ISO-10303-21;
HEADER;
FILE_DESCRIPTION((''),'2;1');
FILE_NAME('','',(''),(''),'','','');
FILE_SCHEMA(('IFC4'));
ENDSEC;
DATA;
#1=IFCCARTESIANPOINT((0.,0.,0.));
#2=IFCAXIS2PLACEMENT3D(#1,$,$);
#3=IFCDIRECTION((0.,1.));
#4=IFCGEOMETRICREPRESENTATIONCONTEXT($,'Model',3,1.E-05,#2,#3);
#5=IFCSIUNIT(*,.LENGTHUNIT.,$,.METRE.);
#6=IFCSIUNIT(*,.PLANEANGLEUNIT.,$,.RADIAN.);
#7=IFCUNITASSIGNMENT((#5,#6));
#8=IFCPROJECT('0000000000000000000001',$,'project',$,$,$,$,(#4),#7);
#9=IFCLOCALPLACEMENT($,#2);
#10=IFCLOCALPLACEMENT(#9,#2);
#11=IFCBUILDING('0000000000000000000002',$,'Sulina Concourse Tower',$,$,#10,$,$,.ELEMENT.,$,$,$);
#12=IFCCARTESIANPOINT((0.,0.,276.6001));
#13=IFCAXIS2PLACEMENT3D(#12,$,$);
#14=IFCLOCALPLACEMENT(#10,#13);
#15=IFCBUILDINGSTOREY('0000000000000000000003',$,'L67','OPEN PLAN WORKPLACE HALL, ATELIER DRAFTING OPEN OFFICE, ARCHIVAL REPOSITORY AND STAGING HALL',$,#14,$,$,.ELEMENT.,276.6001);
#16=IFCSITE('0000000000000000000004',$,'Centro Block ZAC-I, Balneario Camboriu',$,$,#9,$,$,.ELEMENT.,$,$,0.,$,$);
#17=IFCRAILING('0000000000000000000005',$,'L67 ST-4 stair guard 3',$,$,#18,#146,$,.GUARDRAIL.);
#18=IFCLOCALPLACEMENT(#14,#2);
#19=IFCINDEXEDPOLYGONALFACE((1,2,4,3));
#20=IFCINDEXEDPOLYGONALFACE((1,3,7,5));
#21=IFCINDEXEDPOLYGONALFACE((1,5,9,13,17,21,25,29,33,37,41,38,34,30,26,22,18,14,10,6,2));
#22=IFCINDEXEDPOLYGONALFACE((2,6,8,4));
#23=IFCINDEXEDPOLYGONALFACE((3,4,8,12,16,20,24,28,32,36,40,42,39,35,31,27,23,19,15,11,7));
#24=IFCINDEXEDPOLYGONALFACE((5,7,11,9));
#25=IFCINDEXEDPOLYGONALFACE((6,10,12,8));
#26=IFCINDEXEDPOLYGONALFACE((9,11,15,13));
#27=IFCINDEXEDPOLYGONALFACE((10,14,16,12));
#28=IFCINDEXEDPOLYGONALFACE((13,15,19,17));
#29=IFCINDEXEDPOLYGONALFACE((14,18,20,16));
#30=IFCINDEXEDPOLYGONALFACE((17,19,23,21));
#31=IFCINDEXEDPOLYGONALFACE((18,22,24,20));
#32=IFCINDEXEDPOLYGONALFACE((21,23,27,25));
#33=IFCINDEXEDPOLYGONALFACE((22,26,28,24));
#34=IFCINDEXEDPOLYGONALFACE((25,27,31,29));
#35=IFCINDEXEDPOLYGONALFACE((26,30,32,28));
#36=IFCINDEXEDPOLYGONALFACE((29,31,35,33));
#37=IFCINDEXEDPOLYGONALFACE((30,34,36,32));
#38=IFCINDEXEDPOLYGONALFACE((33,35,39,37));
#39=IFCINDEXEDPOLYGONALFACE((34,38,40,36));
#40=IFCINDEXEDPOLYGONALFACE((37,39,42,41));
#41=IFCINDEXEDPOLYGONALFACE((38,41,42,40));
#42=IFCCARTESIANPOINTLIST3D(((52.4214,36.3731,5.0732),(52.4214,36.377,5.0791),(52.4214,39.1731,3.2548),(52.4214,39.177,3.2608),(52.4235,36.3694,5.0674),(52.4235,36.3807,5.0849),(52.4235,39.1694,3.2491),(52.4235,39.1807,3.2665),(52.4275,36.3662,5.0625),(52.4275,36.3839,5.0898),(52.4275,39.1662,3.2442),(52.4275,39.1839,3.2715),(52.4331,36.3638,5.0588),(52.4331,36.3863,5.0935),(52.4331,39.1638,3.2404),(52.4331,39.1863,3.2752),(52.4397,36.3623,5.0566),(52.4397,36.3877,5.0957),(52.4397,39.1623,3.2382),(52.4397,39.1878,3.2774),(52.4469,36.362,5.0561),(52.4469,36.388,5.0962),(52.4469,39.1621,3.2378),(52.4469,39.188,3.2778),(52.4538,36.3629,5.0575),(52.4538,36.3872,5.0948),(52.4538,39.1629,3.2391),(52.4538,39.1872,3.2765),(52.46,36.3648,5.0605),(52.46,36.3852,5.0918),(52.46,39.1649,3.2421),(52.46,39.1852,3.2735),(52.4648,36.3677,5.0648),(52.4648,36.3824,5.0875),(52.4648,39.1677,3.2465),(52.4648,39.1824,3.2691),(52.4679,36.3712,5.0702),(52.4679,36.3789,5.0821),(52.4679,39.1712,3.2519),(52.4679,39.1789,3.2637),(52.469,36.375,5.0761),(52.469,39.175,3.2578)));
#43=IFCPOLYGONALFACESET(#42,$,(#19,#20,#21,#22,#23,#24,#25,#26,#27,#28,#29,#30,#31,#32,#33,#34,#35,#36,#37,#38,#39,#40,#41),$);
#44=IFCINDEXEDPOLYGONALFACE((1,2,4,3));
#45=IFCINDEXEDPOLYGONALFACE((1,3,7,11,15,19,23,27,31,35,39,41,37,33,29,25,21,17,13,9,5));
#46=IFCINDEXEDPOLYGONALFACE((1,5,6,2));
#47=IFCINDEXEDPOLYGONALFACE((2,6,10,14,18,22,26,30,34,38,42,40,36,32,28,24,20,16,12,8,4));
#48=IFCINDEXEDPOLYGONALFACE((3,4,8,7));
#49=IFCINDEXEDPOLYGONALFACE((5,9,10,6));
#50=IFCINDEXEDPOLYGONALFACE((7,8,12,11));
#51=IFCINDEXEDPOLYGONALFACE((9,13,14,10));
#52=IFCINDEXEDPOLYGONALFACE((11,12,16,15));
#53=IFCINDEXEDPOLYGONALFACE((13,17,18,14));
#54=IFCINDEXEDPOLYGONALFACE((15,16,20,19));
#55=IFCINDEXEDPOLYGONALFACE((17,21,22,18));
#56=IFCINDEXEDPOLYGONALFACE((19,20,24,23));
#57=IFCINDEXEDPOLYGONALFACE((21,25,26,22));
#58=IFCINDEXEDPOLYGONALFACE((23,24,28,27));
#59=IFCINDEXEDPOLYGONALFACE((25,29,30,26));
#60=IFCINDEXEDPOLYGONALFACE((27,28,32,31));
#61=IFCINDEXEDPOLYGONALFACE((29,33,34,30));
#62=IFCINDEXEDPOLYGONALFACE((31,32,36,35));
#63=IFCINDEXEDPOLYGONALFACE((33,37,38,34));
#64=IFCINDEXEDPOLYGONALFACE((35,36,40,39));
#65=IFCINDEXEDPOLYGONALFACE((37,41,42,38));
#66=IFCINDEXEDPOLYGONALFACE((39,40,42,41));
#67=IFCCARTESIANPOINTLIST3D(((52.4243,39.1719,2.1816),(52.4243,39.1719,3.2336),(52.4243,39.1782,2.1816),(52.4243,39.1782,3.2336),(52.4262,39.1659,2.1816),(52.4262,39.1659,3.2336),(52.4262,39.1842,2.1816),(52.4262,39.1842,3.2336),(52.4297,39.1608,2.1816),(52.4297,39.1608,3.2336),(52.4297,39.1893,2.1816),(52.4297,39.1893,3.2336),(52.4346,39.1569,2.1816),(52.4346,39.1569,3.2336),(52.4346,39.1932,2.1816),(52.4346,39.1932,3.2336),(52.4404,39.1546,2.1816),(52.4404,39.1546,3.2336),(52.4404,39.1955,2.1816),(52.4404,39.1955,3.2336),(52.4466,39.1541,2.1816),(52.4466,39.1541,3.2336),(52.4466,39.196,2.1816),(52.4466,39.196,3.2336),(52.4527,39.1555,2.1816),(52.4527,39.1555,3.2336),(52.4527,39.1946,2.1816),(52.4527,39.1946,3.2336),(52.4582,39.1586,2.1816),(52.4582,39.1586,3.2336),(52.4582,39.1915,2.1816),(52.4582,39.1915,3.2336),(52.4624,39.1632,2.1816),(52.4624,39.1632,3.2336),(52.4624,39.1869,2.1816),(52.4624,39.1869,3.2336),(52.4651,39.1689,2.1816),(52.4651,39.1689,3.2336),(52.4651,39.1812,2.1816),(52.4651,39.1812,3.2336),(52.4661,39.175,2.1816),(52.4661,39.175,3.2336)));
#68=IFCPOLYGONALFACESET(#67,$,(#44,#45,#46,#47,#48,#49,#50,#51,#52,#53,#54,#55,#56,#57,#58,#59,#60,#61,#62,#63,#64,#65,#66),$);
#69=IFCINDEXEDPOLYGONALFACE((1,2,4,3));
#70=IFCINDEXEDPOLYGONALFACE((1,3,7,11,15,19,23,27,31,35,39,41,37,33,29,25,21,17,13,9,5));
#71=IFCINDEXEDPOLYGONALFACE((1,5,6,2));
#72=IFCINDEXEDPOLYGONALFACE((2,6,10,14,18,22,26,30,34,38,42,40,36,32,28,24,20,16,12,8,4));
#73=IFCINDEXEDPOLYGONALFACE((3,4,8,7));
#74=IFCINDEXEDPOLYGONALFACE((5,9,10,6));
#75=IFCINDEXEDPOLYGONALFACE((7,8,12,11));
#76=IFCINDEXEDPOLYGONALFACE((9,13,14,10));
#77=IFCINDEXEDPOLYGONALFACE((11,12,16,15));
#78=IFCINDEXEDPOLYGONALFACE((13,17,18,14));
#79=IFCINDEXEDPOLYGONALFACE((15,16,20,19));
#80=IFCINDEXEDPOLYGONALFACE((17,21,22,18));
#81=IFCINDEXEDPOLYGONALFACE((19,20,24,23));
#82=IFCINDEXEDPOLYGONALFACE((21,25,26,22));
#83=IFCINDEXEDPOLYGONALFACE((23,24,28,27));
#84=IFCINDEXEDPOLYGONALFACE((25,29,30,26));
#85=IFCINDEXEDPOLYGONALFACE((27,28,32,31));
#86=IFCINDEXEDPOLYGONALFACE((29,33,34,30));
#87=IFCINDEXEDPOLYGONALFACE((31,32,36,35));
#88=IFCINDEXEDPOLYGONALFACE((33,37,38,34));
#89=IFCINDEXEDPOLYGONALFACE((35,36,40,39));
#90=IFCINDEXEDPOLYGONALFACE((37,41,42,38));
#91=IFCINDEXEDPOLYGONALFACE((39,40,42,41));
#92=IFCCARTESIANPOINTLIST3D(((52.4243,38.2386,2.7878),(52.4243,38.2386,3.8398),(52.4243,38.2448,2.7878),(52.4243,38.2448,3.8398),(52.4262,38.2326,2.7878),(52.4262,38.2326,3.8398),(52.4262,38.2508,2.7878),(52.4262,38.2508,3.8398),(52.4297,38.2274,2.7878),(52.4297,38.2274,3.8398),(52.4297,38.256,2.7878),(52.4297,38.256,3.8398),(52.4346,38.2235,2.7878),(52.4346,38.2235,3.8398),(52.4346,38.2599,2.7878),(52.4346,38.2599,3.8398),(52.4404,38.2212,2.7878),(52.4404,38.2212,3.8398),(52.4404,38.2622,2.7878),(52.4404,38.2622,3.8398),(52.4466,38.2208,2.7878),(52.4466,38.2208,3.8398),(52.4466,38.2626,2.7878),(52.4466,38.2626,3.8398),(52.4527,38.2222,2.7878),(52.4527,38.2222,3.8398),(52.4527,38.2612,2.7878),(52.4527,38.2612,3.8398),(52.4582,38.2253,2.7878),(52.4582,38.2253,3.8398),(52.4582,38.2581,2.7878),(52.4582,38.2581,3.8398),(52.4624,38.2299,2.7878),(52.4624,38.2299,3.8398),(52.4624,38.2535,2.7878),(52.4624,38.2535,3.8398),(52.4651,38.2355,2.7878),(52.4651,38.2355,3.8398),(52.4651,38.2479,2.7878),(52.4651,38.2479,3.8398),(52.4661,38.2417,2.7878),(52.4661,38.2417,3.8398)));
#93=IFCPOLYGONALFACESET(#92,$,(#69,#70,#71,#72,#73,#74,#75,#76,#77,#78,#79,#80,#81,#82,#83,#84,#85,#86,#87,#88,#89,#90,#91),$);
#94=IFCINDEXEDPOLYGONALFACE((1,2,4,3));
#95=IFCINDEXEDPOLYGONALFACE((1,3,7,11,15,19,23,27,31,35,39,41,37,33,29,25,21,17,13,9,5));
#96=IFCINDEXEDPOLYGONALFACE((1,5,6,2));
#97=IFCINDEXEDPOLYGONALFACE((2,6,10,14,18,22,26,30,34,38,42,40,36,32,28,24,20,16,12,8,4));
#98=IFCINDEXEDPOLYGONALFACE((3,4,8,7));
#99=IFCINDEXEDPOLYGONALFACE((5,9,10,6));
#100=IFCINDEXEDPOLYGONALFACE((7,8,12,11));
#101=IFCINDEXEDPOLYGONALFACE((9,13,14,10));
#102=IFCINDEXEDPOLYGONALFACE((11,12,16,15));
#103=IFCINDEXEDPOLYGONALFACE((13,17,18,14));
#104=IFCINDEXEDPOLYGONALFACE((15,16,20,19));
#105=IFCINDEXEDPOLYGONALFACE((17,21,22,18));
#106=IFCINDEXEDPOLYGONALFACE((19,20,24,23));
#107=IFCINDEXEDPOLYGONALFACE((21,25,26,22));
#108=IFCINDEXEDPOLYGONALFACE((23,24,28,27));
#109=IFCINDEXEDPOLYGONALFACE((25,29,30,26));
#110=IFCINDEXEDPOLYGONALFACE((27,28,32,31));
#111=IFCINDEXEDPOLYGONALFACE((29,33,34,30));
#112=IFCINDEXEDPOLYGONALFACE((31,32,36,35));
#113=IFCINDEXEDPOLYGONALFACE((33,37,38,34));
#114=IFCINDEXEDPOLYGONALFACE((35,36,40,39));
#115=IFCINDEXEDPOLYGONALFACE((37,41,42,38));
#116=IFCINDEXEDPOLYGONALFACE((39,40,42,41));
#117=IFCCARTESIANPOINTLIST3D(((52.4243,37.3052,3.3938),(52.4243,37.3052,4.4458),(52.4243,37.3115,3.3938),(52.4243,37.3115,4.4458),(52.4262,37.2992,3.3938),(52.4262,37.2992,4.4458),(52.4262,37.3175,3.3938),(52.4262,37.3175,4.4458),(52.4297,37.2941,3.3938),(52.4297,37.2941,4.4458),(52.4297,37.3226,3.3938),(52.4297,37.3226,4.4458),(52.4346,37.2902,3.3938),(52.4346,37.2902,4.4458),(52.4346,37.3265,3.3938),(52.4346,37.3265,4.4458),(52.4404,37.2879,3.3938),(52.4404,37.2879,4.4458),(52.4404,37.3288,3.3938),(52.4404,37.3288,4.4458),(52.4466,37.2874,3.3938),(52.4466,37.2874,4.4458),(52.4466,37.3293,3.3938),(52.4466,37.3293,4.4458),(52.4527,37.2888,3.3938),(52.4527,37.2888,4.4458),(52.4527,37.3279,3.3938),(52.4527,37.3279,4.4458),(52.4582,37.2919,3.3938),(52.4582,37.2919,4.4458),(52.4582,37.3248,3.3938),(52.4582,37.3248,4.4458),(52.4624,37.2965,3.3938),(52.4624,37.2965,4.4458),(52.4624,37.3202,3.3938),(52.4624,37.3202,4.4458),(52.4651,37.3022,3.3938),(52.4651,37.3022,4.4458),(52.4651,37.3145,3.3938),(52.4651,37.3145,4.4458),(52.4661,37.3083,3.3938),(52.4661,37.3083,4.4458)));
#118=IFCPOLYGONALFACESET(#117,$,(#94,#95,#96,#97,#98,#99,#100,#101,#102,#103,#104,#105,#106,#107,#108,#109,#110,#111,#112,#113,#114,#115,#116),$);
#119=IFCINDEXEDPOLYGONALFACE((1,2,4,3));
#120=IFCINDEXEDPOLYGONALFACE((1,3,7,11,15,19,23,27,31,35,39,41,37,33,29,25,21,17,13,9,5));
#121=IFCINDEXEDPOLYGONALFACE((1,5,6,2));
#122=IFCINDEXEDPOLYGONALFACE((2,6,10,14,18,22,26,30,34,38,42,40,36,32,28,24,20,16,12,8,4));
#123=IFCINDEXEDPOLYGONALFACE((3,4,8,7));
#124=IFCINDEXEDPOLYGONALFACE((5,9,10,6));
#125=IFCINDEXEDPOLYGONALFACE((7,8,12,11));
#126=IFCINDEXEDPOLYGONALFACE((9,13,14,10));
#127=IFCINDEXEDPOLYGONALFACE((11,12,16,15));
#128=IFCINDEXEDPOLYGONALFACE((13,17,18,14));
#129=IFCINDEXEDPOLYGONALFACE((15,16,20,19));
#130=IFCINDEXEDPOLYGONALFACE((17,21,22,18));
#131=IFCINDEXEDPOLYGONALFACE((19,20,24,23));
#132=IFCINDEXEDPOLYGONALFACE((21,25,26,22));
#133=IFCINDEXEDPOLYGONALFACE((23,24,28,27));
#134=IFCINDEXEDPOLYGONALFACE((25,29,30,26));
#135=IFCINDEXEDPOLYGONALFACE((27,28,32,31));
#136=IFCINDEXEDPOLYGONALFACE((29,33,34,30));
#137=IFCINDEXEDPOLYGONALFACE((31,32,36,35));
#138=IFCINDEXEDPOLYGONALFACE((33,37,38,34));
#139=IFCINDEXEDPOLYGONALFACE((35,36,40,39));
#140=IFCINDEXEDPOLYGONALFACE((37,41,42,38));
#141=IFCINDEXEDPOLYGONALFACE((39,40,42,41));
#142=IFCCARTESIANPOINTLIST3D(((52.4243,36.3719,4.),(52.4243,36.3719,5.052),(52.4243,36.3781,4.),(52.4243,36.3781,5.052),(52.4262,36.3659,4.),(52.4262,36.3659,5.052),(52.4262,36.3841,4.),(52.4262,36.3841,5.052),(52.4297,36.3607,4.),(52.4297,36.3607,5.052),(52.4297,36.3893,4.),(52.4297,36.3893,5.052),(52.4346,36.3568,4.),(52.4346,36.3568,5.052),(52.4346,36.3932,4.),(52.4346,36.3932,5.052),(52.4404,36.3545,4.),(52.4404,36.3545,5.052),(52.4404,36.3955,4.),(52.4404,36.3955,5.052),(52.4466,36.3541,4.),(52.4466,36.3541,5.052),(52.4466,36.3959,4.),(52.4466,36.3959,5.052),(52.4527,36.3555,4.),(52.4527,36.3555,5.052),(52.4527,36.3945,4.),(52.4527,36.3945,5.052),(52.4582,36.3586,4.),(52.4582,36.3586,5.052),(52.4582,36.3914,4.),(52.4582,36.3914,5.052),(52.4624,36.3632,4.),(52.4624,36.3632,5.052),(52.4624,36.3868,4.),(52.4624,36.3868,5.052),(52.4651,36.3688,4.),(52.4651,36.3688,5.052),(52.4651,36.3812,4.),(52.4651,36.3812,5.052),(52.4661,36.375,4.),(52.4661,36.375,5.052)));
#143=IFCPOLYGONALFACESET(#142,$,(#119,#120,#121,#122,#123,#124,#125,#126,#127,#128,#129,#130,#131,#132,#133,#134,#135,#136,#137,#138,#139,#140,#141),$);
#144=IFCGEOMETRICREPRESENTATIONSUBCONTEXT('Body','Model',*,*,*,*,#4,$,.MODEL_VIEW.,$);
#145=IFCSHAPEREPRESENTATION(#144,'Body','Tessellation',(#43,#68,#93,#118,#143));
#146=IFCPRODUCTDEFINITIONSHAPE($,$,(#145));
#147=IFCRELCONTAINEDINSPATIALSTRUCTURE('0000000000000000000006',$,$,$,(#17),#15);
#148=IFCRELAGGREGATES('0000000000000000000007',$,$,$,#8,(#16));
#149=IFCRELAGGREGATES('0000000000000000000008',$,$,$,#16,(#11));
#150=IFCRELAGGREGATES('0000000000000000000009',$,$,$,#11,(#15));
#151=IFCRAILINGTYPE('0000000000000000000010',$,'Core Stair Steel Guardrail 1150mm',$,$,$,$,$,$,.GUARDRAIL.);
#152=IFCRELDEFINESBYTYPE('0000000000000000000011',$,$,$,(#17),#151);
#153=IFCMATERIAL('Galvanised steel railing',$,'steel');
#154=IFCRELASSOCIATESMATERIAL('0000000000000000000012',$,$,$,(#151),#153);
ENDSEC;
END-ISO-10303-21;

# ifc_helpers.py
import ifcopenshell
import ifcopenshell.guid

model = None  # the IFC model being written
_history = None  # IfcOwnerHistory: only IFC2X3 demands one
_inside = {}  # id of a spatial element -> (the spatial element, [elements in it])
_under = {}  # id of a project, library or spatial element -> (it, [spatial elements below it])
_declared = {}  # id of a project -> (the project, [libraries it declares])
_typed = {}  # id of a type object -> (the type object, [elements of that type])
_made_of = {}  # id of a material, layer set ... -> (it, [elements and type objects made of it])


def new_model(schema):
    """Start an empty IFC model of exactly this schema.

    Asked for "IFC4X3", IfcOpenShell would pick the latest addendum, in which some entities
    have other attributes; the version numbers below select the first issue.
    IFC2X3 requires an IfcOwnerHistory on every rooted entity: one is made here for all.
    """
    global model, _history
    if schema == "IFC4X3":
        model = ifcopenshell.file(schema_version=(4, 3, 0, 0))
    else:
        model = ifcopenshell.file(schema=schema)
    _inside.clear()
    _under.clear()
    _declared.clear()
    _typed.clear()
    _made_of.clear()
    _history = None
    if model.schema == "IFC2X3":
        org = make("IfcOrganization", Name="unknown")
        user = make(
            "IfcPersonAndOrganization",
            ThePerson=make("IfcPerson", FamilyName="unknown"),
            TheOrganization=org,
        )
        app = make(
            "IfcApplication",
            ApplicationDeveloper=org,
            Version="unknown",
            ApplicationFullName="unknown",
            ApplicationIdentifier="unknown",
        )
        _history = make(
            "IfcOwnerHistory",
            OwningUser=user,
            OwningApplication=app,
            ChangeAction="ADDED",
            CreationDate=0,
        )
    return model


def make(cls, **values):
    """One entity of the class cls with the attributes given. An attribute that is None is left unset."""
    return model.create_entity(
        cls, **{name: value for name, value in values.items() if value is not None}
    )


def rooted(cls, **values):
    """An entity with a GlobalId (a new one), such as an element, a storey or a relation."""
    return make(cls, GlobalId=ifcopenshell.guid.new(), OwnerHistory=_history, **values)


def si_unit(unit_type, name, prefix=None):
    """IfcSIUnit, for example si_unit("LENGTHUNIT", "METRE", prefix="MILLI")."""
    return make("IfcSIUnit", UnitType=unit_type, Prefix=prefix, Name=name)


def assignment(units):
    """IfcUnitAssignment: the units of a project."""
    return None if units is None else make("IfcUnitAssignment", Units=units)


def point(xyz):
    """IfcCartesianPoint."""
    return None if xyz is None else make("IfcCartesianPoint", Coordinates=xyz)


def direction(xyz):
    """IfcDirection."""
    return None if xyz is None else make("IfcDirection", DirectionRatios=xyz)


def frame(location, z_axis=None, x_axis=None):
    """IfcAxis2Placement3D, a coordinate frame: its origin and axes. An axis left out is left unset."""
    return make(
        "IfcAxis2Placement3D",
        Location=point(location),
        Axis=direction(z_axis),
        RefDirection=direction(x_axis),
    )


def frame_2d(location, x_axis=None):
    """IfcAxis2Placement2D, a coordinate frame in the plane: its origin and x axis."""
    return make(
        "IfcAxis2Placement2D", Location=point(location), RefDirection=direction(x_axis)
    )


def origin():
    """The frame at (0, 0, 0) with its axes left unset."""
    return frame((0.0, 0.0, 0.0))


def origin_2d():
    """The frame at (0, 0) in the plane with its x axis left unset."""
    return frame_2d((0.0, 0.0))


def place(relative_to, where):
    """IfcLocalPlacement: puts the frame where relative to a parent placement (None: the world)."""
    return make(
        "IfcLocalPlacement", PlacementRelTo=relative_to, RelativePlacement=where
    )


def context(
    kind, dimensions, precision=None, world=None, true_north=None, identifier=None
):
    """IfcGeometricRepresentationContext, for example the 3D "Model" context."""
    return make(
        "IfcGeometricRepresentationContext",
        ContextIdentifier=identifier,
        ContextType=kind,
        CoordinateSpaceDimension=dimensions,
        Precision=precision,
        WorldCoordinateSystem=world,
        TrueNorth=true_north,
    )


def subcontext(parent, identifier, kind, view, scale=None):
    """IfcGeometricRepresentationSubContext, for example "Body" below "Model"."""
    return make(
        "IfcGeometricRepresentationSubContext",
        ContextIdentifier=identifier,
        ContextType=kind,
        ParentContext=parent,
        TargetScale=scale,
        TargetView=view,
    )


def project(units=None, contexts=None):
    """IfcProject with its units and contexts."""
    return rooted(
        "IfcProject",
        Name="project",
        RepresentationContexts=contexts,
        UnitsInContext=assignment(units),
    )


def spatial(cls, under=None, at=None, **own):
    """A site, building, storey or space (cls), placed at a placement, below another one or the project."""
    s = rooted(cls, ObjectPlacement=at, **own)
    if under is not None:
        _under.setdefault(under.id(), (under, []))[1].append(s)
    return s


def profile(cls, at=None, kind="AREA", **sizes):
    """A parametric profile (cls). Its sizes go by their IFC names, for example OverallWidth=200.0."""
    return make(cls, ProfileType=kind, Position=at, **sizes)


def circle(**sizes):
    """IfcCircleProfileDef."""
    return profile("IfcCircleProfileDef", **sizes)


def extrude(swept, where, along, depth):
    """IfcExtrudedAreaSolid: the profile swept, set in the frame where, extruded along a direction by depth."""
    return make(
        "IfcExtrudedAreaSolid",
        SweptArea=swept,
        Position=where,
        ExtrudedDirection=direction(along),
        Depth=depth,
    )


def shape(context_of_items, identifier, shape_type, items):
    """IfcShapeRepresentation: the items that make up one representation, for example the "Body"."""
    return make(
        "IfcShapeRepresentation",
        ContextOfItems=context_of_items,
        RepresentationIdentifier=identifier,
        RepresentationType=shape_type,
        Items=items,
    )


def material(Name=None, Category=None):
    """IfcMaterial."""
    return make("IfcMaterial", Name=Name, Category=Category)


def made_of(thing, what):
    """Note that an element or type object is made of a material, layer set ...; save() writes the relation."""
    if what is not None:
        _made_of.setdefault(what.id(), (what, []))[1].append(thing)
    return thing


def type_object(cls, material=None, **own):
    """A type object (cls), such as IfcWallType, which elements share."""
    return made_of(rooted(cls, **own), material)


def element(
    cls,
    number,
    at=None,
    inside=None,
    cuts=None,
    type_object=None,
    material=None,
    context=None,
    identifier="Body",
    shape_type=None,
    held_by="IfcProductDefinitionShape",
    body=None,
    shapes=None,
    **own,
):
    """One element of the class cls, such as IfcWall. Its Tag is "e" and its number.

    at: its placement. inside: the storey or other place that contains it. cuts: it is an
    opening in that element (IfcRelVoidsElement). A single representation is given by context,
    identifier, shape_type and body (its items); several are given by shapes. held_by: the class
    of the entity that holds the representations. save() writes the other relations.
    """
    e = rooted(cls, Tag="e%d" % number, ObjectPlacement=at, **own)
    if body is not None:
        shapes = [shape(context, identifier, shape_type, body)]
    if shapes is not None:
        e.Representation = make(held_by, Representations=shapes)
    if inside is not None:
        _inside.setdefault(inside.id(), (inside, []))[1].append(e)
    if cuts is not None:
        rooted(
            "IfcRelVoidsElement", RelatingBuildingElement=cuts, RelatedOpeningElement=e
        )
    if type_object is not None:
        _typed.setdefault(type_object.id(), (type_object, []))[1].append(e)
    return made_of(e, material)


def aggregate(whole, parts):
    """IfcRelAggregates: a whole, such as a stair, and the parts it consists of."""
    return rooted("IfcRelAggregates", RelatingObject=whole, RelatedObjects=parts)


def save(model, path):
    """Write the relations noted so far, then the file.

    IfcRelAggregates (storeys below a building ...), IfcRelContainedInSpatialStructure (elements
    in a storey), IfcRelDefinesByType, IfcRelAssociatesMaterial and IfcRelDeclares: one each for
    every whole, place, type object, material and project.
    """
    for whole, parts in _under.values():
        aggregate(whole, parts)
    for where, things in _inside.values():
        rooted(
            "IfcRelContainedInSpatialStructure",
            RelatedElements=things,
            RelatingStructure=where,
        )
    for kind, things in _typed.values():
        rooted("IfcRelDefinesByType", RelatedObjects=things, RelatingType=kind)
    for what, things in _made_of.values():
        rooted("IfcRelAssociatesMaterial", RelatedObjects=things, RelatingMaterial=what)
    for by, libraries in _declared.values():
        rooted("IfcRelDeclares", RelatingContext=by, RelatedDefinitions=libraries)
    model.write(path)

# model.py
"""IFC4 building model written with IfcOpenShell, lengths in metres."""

from ifc_helpers import new_model, si_unit, direction, frame, origin, origin_2d, place, context, subcontext, project, spatial, circle, extrude, material, type_object, element, save


model = new_model("IFC4")

# Units and contexts
model_context = context("Model", 3, precision=1e-05, world=origin(), true_north=direction((0.0, 1.0)))
body_context = subcontext(model_context, "Body", "Model", "MODEL_VIEW")
ifc_project = project(units=[si_unit("LENGTHUNIT", "METRE"), si_unit("PLANEANGLEUNIT", "RADIAN")], contexts=[model_context])

# Site, building, storey
site_placement = place(None, origin())
site = spatial("IfcSite", under=ifc_project, at=site_placement, Name="Centro Block ZAC-I, Balneario Camboriu", CompositionType="ELEMENT", RefElevation=0.0)
building_placement = place(site_placement, origin())
building = spatial("IfcBuilding", under=site, at=building_placement, Name="Sulina Concourse Tower", CompositionType="ELEMENT")
storey_placement = place(building_placement, frame((0.0, 0.0, 276.6001)))
storey = spatial("IfcBuildingStorey", under=building, at=storey_placement, Name="L67", Description="OPEN PLAN WORKPLACE HALL, ATELIER DRAFTING OPEN OFFICE, ARCHIVAL REPOSITORY AND STAGING HALL", CompositionType="ELEMENT", Elevation=276.6001)

# Railing
ifc_material_1 = material(Name="Galvanised steel railing", Category="steel")
railing_type_1 = type_object("IfcRailingType", Name="Core Stair Steel Guardrail 1150mm", PredefinedType="GUARDRAIL", material=ifc_material_1)
railing_1_placement = place(storey_placement, frame((52.4451, 39.175, 2.1816)))
element("IfcRailing", 1, at=railing_1_placement, inside=storey, type_object=railing_type_1, Name="L67 ST-4 stair guard 3", PredefinedType="GUARDRAIL", context=body_context, shape_type="SweptSolid", body=[
    extrude(circle(Radius=0.0239, at=origin_2d()), frame((0.0, 0.0, 1.0762), z_axis=(0.0, -0.838672, 0.544636), x_axis=(1.0, 0.0, 0.0)), (0.0, 0.0, 1.0), 3.3386),
    extrude(circle(Radius=0.021, at=origin_2d()), origin(), (0.0, 0.0, 1.0), 1.052),
    extrude(circle(Radius=0.021, at=origin_2d()), frame((0.0, -0.9333, 0.6062)), (0.0, 0.0, 1.0), 1.052),
    extrude(circle(Radius=0.021, at=origin_2d()), frame((0.0, -1.8667, 1.2122)), (0.0, 0.0, 1.0), 1.052),
    extrude(circle(Radius=0.021, at=origin_2d()), frame((0.0, -2.8, 1.8184)), (0.0, 0.0, 1.0), 1.052),
])

save(model, "model.ifc")
